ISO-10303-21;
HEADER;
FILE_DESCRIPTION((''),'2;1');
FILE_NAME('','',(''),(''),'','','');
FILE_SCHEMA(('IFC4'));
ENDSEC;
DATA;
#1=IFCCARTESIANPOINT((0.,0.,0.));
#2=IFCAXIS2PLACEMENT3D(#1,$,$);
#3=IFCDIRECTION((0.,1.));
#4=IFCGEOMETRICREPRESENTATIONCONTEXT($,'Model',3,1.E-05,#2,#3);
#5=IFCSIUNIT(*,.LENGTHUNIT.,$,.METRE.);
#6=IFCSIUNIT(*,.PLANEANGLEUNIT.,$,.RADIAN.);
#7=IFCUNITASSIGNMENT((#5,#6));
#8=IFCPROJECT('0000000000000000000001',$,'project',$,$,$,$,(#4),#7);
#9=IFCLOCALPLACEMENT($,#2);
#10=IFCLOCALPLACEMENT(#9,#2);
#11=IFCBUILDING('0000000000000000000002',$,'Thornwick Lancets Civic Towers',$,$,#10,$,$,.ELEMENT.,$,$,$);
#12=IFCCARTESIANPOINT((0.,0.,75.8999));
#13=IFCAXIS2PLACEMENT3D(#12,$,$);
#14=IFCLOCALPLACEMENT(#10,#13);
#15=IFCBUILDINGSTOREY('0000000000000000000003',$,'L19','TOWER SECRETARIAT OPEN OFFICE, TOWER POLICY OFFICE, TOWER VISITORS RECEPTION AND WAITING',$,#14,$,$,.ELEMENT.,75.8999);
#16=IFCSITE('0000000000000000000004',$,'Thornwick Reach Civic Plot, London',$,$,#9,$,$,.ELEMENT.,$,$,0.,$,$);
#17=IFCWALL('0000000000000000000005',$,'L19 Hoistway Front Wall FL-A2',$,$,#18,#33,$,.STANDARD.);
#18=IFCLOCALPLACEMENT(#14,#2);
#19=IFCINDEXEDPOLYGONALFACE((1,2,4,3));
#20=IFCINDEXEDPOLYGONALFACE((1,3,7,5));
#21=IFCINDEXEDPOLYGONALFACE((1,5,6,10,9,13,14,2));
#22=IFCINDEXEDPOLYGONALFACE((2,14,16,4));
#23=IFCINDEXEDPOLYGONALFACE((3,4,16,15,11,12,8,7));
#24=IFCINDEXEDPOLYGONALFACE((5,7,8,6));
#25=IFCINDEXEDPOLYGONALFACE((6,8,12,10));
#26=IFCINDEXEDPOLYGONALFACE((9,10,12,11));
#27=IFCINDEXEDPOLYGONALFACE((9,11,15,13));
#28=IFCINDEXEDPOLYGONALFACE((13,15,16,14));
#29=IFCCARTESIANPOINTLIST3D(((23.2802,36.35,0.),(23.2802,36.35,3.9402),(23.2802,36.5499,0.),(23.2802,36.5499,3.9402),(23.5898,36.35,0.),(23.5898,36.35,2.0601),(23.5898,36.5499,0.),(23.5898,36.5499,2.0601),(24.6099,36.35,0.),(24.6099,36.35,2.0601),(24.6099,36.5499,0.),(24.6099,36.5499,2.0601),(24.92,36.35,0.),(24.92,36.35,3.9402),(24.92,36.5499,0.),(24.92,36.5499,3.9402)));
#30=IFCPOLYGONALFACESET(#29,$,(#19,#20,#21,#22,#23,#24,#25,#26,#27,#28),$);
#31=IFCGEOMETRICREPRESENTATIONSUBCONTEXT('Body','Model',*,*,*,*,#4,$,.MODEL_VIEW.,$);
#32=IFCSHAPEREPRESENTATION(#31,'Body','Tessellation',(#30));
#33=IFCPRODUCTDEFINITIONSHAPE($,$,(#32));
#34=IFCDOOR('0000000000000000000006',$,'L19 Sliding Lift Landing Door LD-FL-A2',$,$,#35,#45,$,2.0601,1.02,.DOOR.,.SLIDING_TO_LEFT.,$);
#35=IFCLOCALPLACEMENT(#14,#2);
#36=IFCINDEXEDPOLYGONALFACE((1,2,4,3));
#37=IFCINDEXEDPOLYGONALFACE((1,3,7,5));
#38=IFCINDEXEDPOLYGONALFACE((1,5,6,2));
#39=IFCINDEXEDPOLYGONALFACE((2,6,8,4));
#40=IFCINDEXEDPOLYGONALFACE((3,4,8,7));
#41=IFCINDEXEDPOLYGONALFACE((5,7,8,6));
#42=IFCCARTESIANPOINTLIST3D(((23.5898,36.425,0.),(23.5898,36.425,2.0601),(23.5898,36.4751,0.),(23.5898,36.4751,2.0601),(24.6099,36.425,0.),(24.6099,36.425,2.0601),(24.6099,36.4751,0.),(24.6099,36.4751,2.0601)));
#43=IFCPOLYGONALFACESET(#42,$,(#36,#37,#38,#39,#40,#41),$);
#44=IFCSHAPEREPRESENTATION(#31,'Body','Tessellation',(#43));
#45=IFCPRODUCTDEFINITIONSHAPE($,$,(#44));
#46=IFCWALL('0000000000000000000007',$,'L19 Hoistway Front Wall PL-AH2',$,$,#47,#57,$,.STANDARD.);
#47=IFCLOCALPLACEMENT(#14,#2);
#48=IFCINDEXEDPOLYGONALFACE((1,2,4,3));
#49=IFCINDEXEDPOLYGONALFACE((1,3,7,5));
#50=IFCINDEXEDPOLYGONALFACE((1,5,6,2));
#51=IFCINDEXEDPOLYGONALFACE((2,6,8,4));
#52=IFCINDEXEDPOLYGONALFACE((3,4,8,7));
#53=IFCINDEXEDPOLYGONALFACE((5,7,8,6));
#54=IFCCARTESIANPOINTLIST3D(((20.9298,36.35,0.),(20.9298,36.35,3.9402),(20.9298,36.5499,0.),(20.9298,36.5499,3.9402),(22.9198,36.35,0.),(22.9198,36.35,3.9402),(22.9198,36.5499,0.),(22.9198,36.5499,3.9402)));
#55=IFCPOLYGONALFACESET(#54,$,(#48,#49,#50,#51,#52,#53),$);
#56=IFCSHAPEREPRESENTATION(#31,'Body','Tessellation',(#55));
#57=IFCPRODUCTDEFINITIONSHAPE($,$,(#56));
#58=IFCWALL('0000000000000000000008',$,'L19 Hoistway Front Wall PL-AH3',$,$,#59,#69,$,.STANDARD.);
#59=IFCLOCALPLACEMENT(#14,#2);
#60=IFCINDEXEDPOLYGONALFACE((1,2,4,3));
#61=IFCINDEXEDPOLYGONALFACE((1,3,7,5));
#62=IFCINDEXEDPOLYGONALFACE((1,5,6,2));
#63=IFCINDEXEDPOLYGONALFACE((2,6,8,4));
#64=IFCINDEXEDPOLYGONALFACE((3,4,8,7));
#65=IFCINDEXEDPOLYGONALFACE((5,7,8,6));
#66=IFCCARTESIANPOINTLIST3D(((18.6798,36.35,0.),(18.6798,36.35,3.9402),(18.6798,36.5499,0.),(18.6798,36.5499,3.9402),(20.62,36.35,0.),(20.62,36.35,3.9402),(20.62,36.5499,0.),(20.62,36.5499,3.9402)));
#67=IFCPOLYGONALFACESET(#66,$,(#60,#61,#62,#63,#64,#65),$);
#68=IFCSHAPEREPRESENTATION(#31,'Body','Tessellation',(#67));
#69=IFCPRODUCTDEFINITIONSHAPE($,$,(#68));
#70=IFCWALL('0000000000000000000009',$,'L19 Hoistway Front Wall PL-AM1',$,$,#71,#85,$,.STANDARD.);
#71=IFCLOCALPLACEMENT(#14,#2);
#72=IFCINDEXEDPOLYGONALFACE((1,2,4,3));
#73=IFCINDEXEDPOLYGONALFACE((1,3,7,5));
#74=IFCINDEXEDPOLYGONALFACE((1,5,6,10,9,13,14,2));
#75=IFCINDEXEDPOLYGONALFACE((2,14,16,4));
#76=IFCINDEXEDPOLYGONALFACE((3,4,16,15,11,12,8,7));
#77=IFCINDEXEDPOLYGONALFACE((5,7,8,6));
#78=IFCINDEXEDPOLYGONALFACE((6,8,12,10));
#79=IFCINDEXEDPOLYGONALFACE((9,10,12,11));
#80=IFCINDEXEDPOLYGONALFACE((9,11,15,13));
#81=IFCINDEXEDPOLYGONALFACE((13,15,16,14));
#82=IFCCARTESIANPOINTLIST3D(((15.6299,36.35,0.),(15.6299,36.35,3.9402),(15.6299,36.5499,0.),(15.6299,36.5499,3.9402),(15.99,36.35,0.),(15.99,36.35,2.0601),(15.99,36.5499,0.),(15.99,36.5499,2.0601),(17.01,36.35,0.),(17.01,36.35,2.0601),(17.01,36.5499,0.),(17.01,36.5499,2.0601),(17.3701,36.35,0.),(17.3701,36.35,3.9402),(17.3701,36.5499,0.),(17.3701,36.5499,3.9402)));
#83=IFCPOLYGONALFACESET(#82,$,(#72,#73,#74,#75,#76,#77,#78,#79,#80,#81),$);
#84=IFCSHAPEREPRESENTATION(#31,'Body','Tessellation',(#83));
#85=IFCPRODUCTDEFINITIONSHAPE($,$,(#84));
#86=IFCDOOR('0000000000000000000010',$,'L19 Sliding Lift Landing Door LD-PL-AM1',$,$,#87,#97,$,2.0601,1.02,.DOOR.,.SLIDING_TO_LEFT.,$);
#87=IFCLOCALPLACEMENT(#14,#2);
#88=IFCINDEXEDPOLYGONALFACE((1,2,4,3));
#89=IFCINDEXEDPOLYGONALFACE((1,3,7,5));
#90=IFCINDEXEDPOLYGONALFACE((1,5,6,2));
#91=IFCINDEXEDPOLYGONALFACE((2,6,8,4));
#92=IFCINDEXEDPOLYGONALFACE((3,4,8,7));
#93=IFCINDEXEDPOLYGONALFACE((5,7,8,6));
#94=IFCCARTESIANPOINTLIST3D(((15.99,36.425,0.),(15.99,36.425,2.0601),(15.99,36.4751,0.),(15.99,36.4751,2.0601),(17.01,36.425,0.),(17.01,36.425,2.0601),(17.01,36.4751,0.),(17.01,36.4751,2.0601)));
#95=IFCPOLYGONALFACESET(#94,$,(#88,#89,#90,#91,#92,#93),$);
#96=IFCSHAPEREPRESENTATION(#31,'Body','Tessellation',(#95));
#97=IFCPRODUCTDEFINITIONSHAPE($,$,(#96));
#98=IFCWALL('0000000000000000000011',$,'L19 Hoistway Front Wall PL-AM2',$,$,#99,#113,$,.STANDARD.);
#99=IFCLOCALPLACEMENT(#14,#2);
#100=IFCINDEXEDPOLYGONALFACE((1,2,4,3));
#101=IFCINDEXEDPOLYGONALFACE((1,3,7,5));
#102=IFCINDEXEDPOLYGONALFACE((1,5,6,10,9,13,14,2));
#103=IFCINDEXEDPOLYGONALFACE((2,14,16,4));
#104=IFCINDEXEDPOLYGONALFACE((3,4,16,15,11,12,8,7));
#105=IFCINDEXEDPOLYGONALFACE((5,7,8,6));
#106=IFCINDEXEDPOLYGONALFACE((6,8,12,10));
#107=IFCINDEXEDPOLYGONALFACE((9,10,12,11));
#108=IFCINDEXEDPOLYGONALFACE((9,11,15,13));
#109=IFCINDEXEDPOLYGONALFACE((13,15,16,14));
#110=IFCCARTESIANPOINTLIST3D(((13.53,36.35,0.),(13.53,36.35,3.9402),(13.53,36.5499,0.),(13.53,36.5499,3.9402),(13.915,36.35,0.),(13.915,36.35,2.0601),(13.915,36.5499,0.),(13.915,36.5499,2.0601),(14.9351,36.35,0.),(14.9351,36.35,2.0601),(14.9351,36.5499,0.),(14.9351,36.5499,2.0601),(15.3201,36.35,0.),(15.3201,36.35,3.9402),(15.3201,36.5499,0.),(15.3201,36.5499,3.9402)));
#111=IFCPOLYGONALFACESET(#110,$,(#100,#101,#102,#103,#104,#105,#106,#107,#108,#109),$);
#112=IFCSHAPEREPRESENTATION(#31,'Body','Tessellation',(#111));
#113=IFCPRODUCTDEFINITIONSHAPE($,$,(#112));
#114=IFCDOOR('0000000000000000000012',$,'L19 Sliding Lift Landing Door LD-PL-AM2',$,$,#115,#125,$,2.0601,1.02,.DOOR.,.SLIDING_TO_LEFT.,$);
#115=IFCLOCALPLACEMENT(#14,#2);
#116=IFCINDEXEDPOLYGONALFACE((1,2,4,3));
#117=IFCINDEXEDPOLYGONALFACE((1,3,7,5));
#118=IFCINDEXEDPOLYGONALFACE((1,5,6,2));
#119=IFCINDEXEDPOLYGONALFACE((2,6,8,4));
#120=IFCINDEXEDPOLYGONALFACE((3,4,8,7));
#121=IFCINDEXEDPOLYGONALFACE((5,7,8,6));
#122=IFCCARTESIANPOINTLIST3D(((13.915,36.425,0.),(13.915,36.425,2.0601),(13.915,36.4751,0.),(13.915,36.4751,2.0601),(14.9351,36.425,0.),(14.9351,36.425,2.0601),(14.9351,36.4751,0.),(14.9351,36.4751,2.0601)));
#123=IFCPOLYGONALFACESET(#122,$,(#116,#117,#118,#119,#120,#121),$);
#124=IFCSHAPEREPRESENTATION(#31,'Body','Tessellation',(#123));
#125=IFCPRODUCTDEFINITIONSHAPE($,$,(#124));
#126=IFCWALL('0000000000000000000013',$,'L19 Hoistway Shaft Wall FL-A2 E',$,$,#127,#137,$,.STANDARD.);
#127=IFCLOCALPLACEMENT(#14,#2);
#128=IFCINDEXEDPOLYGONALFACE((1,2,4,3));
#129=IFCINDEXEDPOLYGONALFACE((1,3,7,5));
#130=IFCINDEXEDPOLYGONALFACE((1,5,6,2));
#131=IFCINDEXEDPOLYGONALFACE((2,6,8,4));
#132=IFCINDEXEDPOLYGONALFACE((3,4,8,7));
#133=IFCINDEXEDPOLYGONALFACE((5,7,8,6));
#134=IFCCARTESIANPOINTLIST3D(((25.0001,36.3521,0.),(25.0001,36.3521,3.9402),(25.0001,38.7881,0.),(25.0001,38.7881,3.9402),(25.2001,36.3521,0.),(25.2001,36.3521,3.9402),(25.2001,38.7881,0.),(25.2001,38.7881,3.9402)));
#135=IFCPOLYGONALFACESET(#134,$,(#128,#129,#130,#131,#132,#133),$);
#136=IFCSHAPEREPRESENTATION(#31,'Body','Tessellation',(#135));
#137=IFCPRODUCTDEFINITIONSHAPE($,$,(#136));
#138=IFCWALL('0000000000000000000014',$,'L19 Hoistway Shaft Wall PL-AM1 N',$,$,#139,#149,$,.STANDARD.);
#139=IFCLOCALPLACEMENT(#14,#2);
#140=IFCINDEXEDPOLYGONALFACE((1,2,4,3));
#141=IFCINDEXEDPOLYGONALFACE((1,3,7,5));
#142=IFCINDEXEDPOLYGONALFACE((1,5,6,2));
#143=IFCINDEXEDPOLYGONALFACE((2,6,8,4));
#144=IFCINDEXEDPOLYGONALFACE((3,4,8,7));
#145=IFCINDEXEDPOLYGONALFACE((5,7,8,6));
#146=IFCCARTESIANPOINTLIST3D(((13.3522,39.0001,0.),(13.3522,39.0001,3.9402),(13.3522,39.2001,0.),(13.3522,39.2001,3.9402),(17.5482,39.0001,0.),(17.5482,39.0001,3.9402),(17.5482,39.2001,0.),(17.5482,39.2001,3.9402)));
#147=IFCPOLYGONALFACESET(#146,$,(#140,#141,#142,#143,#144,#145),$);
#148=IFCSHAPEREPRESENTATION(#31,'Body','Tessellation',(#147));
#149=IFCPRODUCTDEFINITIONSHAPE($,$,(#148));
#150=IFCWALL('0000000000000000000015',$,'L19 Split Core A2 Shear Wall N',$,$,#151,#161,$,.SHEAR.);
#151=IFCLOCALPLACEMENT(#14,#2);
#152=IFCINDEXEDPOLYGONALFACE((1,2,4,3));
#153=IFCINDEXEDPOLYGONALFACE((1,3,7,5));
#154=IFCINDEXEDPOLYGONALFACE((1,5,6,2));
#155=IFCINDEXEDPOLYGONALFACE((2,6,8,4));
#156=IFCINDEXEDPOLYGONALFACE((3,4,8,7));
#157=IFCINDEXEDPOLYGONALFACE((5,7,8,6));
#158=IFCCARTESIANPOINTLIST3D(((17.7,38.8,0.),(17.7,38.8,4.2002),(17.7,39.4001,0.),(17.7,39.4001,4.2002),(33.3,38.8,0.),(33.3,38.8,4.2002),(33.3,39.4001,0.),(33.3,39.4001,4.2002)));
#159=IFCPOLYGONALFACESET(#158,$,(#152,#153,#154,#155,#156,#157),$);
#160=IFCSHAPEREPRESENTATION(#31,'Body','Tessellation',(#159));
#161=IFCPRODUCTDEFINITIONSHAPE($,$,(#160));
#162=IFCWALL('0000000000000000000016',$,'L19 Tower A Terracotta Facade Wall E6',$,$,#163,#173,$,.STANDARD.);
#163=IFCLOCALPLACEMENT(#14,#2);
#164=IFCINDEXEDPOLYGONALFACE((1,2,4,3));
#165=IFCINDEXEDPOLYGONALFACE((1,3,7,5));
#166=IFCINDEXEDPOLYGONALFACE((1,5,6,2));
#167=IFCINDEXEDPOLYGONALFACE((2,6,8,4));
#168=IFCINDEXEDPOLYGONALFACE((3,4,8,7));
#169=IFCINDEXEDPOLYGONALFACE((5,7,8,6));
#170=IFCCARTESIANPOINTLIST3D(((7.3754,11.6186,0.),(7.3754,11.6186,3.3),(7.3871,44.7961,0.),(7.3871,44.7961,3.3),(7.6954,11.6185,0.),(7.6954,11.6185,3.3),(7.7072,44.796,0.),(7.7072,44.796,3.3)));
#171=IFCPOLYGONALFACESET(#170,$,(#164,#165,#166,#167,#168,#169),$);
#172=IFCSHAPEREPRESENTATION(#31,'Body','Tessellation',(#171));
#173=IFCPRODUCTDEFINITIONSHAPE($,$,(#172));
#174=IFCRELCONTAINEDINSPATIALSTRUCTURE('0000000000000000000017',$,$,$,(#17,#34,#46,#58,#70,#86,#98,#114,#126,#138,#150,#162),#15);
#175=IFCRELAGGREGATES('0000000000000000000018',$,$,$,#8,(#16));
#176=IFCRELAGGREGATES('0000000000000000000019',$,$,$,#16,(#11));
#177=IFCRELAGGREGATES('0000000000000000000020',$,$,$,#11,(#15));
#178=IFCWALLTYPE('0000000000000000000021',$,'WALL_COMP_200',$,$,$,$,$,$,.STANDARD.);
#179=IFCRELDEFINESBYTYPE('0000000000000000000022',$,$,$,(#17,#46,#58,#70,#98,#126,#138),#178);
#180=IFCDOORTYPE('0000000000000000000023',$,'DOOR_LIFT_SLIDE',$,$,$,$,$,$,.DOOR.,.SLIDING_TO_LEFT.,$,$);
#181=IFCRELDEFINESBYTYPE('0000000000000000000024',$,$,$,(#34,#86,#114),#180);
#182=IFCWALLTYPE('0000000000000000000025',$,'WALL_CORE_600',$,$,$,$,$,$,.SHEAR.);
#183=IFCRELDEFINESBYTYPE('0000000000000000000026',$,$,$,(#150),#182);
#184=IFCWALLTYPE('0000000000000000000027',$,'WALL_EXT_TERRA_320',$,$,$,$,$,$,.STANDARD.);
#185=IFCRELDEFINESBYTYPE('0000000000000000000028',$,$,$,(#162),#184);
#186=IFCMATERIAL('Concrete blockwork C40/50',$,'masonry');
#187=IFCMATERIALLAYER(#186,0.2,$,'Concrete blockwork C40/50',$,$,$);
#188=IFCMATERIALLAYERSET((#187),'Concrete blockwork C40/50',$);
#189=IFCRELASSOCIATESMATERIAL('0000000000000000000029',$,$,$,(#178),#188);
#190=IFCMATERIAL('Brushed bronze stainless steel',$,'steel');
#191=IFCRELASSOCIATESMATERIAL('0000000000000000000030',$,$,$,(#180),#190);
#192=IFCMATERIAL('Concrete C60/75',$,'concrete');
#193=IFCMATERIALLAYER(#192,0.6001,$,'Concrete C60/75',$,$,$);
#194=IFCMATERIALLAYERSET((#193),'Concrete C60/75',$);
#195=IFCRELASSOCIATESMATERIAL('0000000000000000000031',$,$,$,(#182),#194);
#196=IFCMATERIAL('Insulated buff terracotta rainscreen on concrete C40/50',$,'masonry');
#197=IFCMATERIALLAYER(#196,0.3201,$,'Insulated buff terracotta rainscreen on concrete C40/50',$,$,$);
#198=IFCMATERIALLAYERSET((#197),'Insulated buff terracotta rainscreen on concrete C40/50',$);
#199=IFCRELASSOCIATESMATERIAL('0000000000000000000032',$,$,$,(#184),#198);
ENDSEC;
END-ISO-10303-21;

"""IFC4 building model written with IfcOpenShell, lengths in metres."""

from ifc_helpers import new_model, si_unit, direction, frame, frame_2d, origin, place, context, subcontext, project, spatial, rectangle, extrude, material, layer, layer_set, type_object, element, fill, save


model = new_model("IFC4")

# Units and contexts
model_context = context("Model", 3, precision=1e-05, world=origin(), true_north=direction((0.0, 1.0)))
body_context = subcontext(model_context, "Body", "Model", "MODEL_VIEW")
ifc_project = project(units=[si_unit("LENGTHUNIT", "METRE"), si_unit("PLANEANGLEUNIT", "RADIAN")], contexts=[model_context])

# Site, building, storey
site_placement = place(None, origin())
site = spatial("IfcSite", under=ifc_project, at=site_placement, Name="Thornwick Reach Civic Plot, London", CompositionType="ELEMENT", RefElevation=0.0)
building_placement = place(site_placement, origin())
building = spatial("IfcBuilding", under=site, at=building_placement, Name="Thornwick Lancets Civic Towers", CompositionType="ELEMENT")
storey_placement = place(building_placement, frame((0.0, 0.0, 75.8999)))
storey = spatial("IfcBuildingStorey", under=building, at=storey_placement, Name="L19", Description="TOWER SECRETARIAT OPEN OFFICE, TOWER POLICY OFFICE, TOWER VISITORS RECEPTION AND WAITING", CompositionType="ELEMENT", Elevation=75.8999)

# Shared definitions
ifc_material_1 = material(Name="Concrete C60/75", Category="concrete")

# Wall, opening, door
ifc_material_2 = material(Name="Concrete blockwork C40/50", Category="masonry")
ifc_layer_1 = layer(ifc_material_2, 0.2, Name="Concrete blockwork C40/50")
ifc_layer_set_1 = layer_set([ifc_layer_1], Name="Concrete blockwork C40/50")
wall_type_1 = type_object("IfcWallType", Name="WALL_COMP_200", PredefinedType="STANDARD", material=ifc_layer_set_1)
wall_1_placement = place(storey_placement, frame((24.9199, 36.45, 0.0), z_axis=(0.0, 0.0, 1.0), x_axis=(-1.0, 0.0, 0.0)))
wall_1 = element("IfcWall", 1, at=wall_1_placement, inside=storey, type_object=wall_type_1, Name="L19 Hoistway Front Wall FL-A2", PredefinedType="STANDARD", context=body_context, shape_type="SweptSolid", body=[
    extrude(rectangle(XDim=1.6399, YDim=0.2, at=frame_2d((0.8198, 0.0))), origin(), (0.0, 0.0, 1.0), 3.9402),
])
opening_1_placement = place(wall_1_placement, frame((0.3101, 0.0, 0.0)))
opening_1 = element("IfcOpeningElement", 2, at=opening_1_placement, cuts=wall_1, PredefinedType="OPENING", context=body_context, shape_type="SweptSolid", body=[
    extrude(rectangle(XDim=1.02, YDim=2.0601, at=frame_2d((0.51, 1.03))), frame((0.0, 0.1099, 0.0), z_axis=(0.0, -1.0, 0.0), x_axis=(1.0, 0.0, 0.0)), (0.0, 0.0, 1.0), 0.22),
])
ifc_material_3 = material(Name="Brushed bronze stainless steel", Category="steel")
door_type_1 = type_object("IfcDoorType", Name="DOOR_LIFT_SLIDE", OperationType="SLIDING_TO_LEFT", PredefinedType="DOOR", material=ifc_material_3)
door_1_placement = place(opening_1_placement, origin())
door_1 = element("IfcDoor", 3, at=door_1_placement, inside=storey, type_object=door_type_1, Name="L19 Sliding Lift Landing Door LD-FL-A2", OperationType="SLIDING_TO_LEFT", OverallHeight=2.0601, OverallWidth=1.02, PredefinedType="DOOR", context=body_context, shape_type="SweptSolid", body=[
    extrude(rectangle(XDim=1.02, YDim=2.0601, at=frame_2d((0.51, 1.03))), frame((0.0, 0.0249, 0.0), z_axis=(0.0, -1.0, 0.0), x_axis=(1.0, 0.0, 0.0)), (0.0, 0.0, 1.0), 0.05),
])
fill(opening_1, door_1)

# Walls
wall_2_placement = place(storey_placement, frame((22.9199, 36.45, 0.0), z_axis=(0.0, 0.0, 1.0), x_axis=(-1.0, 0.0, 0.0)))
element("IfcWall", 4, at=wall_2_placement, inside=storey, type_object=wall_type_1, Name="L19 Hoistway Front Wall PL-AH2", PredefinedType="STANDARD", context=body_context, shape_type="SweptSolid", body=[
    extrude(rectangle(XDim=1.99, YDim=0.2, at=frame_2d((0.9951, 0.0))), origin(), (0.0, 0.0, 1.0), 3.9402),
])
wall_3_placement = place(storey_placement, frame((20.6201, 36.45, 0.0), z_axis=(0.0, 0.0, 1.0), x_axis=(-1.0, 0.0, 0.0)))
element("IfcWall", 5, at=wall_3_placement, inside=storey, type_object=wall_type_1, Name="L19 Hoistway Front Wall PL-AH3", PredefinedType="STANDARD", context=body_context, shape_type="SweptSolid", body=[
    extrude(rectangle(XDim=1.9402, YDim=0.2, at=frame_2d((0.9702, 0.0))), origin(), (0.0, 0.0, 1.0), 3.9402),
])

# Walls, openings, doors
wall_4_placement = place(storey_placement, frame((17.3701, 36.45, 0.0), z_axis=(0.0, 0.0, 1.0), x_axis=(-1.0, 0.0, 0.0)))
wall_4 = element("IfcWall", 6, at=wall_4_placement, inside=storey, type_object=wall_type_1, Name="L19 Hoistway Front Wall PL-AM1", PredefinedType="STANDARD", context=body_context, shape_type="SweptSolid", body=[
    extrude(rectangle(XDim=1.7402, YDim=0.2, at=frame_2d((0.8701, 0.0))), origin(), (0.0, 0.0, 1.0), 3.9402),
])
opening_2_placement = place(wall_4_placement, frame((0.3601, 0.0, 0.0)))
opening_2 = element("IfcOpeningElement", 7, at=opening_2_placement, cuts=wall_4, PredefinedType="OPENING", context=body_context, shape_type="SweptSolid", body=[
    extrude(rectangle(XDim=1.02, YDim=2.0601, at=frame_2d((0.51, 1.03))), frame((0.0, 0.1099, 0.0), z_axis=(0.0, -1.0, 0.0), x_axis=(1.0, 0.0, 0.0)), (0.0, 0.0, 1.0), 0.22),
])
door_2_placement = place(opening_2_placement, origin())
door_2 = element("IfcDoor", 8, at=door_2_placement, inside=storey, type_object=door_type_1, Name="L19 Sliding Lift Landing Door LD-PL-AM1", OperationType="SLIDING_TO_LEFT", OverallHeight=2.0601, OverallWidth=1.02, PredefinedType="DOOR", context=body_context, shape_type="SweptSolid", body=[
    extrude(rectangle(XDim=1.02, YDim=2.0601, at=frame_2d((0.51, 1.03))), frame((0.0, 0.0249, 0.0), z_axis=(0.0, -1.0, 0.0), x_axis=(1.0, 0.0, 0.0)), (0.0, 0.0, 1.0), 0.05),
])
fill(opening_2, door_2)
wall_5_placement = place(storey_placement, frame((15.3201, 36.45, 0.0), z_axis=(0.0, 0.0, 1.0), x_axis=(-1.0, 0.0, 0.0)))
wall_5 = element("IfcWall", 9, at=wall_5_placement, inside=storey, type_object=wall_type_1, Name="L19 Hoistway Front Wall PL-AM2", PredefinedType="STANDARD", context=body_context, shape_type="SweptSolid", body=[
    extrude(rectangle(XDim=1.79, YDim=0.2, at=frame_2d((0.895, 0.0))), origin(), (0.0, 0.0, 1.0), 3.9402),
])
opening_3_placement = place(wall_5_placement, frame((0.385, 0.0, 0.0)))
opening_3 = element("IfcOpeningElement", 10, at=opening_3_placement, cuts=wall_5, PredefinedType="OPENING", context=body_context, shape_type="SweptSolid", body=[
    extrude(rectangle(XDim=1.02, YDim=2.0601, at=frame_2d((0.51, 1.03))), frame((0.0, 0.1099, 0.0), z_axis=(0.0, -1.0, 0.0), x_axis=(1.0, 0.0, 0.0)), (0.0, 0.0, 1.0), 0.22),
])
door_3_placement = place(opening_3_placement, origin())
door_3 = element("IfcDoor", 11, at=door_3_placement, inside=storey, type_object=door_type_1, Name="L19 Sliding Lift Landing Door LD-PL-AM2", OperationType="SLIDING_TO_LEFT", OverallHeight=2.0601, OverallWidth=1.02, PredefinedType="DOOR", context=body_context, shape_type="SweptSolid", body=[
    extrude(rectangle(XDim=1.02, YDim=2.0601, at=frame_2d((0.51, 1.03))), frame((0.0, 0.0249, 0.0), z_axis=(0.0, -1.0, 0.0), x_axis=(1.0, 0.0, 0.0)), (0.0, 0.0, 1.0), 0.05),
])
fill(opening_3, door_3)

# Walls
wall_6_placement = place(storey_placement, frame((25.1001, 36.3521, 0.0), z_axis=(0.0, 0.0, 1.0), x_axis=(0.0, 1.0, 0.0)))
element("IfcWall", 12, at=wall_6_placement, inside=storey, type_object=wall_type_1, Name="L19 Hoistway Shaft Wall FL-A2 E", PredefinedType="STANDARD", context=body_context, shape_type="SweptSolid", body=[
    extrude(rectangle(XDim=2.436, YDim=0.2, at=frame_2d((1.218, 0.0))), origin(), (0.0, 0.0, 1.0), 3.9402),
])
wall_7_placement = place(storey_placement, frame((13.3521, 39.1001, 0.0), z_axis=(0.0, 0.0, 1.0), x_axis=(1.0, 0.0, 0.0)))
element("IfcWall", 13, at=wall_7_placement, inside=storey, type_object=wall_type_1, Name="L19 Hoistway Shaft Wall PL-AM1 N", PredefinedType="STANDARD", context=body_context, shape_type="SweptSolid", body=[
    extrude(rectangle(XDim=4.196, YDim=0.2, at=frame_2d((2.0981, 0.0))), origin(), (0.0, 0.0, 1.0), 3.9402),
])
ifc_layer_2 = layer(ifc_material_1, 0.6001, Name="Concrete C60/75")
ifc_layer_set_2 = layer_set([ifc_layer_2], Name="Concrete C60/75")
wall_type_2 = type_object("IfcWallType", Name="WALL_CORE_600", PredefinedType="SHEAR", material=ifc_layer_set_2)
wall_8_placement = place(storey_placement, frame((17.7, 39.1001, 0.0), z_axis=(0.0, 0.0, 1.0), x_axis=(1.0, 0.0, 0.0)))
element("IfcWall", 14, at=wall_8_placement, inside=storey, type_object=wall_type_2, Name="L19 Split Core A2 Shear Wall N", PredefinedType="SHEAR", context=body_context, shape_type="SweptSolid", body=[
    extrude(rectangle(XDim=15.6001, YDim=0.6001, at=frame_2d((7.8, 0.0))), origin(), (0.0, 0.0, 1.0), 4.2002),
])
ifc_material_4 = material(Name="Insulated buff terracotta rainscreen on concrete C40/50", Category="masonry")
ifc_layer_3 = layer(ifc_material_4, 0.3201, Name="Insulated buff terracotta rainscreen on concrete C40/50")
ifc_layer_set_3 = layer_set([ifc_layer_3], Name="Insulated buff terracotta rainscreen on concrete C40/50")
wall_type_3 = type_object("IfcWallType", Name="WALL_EXT_TERRA_320", PredefinedType="STANDARD", material=ifc_layer_set_3)
wall_9_placement = place(storey_placement, frame((7.5471, 44.7961, 0.0), z_axis=(0.0, 0.0, 1.0), x_axis=(-0.000353, -1.0, 0.0)))
element("IfcWall", 15, at=wall_9_placement, inside=storey, type_object=wall_type_3, Name="L19 Tower A Terracotta Facade Wall E6", PredefinedType="STANDARD", context=body_context, shape_type="SweptSolid", body=[
    extrude(rectangle(XDim=33.1775, YDim=0.3201, at=frame_2d((16.5889, 0.0))), origin(), (0.0, 0.0, 1.0), 3.3),
])

save(model, "model.ifc")
